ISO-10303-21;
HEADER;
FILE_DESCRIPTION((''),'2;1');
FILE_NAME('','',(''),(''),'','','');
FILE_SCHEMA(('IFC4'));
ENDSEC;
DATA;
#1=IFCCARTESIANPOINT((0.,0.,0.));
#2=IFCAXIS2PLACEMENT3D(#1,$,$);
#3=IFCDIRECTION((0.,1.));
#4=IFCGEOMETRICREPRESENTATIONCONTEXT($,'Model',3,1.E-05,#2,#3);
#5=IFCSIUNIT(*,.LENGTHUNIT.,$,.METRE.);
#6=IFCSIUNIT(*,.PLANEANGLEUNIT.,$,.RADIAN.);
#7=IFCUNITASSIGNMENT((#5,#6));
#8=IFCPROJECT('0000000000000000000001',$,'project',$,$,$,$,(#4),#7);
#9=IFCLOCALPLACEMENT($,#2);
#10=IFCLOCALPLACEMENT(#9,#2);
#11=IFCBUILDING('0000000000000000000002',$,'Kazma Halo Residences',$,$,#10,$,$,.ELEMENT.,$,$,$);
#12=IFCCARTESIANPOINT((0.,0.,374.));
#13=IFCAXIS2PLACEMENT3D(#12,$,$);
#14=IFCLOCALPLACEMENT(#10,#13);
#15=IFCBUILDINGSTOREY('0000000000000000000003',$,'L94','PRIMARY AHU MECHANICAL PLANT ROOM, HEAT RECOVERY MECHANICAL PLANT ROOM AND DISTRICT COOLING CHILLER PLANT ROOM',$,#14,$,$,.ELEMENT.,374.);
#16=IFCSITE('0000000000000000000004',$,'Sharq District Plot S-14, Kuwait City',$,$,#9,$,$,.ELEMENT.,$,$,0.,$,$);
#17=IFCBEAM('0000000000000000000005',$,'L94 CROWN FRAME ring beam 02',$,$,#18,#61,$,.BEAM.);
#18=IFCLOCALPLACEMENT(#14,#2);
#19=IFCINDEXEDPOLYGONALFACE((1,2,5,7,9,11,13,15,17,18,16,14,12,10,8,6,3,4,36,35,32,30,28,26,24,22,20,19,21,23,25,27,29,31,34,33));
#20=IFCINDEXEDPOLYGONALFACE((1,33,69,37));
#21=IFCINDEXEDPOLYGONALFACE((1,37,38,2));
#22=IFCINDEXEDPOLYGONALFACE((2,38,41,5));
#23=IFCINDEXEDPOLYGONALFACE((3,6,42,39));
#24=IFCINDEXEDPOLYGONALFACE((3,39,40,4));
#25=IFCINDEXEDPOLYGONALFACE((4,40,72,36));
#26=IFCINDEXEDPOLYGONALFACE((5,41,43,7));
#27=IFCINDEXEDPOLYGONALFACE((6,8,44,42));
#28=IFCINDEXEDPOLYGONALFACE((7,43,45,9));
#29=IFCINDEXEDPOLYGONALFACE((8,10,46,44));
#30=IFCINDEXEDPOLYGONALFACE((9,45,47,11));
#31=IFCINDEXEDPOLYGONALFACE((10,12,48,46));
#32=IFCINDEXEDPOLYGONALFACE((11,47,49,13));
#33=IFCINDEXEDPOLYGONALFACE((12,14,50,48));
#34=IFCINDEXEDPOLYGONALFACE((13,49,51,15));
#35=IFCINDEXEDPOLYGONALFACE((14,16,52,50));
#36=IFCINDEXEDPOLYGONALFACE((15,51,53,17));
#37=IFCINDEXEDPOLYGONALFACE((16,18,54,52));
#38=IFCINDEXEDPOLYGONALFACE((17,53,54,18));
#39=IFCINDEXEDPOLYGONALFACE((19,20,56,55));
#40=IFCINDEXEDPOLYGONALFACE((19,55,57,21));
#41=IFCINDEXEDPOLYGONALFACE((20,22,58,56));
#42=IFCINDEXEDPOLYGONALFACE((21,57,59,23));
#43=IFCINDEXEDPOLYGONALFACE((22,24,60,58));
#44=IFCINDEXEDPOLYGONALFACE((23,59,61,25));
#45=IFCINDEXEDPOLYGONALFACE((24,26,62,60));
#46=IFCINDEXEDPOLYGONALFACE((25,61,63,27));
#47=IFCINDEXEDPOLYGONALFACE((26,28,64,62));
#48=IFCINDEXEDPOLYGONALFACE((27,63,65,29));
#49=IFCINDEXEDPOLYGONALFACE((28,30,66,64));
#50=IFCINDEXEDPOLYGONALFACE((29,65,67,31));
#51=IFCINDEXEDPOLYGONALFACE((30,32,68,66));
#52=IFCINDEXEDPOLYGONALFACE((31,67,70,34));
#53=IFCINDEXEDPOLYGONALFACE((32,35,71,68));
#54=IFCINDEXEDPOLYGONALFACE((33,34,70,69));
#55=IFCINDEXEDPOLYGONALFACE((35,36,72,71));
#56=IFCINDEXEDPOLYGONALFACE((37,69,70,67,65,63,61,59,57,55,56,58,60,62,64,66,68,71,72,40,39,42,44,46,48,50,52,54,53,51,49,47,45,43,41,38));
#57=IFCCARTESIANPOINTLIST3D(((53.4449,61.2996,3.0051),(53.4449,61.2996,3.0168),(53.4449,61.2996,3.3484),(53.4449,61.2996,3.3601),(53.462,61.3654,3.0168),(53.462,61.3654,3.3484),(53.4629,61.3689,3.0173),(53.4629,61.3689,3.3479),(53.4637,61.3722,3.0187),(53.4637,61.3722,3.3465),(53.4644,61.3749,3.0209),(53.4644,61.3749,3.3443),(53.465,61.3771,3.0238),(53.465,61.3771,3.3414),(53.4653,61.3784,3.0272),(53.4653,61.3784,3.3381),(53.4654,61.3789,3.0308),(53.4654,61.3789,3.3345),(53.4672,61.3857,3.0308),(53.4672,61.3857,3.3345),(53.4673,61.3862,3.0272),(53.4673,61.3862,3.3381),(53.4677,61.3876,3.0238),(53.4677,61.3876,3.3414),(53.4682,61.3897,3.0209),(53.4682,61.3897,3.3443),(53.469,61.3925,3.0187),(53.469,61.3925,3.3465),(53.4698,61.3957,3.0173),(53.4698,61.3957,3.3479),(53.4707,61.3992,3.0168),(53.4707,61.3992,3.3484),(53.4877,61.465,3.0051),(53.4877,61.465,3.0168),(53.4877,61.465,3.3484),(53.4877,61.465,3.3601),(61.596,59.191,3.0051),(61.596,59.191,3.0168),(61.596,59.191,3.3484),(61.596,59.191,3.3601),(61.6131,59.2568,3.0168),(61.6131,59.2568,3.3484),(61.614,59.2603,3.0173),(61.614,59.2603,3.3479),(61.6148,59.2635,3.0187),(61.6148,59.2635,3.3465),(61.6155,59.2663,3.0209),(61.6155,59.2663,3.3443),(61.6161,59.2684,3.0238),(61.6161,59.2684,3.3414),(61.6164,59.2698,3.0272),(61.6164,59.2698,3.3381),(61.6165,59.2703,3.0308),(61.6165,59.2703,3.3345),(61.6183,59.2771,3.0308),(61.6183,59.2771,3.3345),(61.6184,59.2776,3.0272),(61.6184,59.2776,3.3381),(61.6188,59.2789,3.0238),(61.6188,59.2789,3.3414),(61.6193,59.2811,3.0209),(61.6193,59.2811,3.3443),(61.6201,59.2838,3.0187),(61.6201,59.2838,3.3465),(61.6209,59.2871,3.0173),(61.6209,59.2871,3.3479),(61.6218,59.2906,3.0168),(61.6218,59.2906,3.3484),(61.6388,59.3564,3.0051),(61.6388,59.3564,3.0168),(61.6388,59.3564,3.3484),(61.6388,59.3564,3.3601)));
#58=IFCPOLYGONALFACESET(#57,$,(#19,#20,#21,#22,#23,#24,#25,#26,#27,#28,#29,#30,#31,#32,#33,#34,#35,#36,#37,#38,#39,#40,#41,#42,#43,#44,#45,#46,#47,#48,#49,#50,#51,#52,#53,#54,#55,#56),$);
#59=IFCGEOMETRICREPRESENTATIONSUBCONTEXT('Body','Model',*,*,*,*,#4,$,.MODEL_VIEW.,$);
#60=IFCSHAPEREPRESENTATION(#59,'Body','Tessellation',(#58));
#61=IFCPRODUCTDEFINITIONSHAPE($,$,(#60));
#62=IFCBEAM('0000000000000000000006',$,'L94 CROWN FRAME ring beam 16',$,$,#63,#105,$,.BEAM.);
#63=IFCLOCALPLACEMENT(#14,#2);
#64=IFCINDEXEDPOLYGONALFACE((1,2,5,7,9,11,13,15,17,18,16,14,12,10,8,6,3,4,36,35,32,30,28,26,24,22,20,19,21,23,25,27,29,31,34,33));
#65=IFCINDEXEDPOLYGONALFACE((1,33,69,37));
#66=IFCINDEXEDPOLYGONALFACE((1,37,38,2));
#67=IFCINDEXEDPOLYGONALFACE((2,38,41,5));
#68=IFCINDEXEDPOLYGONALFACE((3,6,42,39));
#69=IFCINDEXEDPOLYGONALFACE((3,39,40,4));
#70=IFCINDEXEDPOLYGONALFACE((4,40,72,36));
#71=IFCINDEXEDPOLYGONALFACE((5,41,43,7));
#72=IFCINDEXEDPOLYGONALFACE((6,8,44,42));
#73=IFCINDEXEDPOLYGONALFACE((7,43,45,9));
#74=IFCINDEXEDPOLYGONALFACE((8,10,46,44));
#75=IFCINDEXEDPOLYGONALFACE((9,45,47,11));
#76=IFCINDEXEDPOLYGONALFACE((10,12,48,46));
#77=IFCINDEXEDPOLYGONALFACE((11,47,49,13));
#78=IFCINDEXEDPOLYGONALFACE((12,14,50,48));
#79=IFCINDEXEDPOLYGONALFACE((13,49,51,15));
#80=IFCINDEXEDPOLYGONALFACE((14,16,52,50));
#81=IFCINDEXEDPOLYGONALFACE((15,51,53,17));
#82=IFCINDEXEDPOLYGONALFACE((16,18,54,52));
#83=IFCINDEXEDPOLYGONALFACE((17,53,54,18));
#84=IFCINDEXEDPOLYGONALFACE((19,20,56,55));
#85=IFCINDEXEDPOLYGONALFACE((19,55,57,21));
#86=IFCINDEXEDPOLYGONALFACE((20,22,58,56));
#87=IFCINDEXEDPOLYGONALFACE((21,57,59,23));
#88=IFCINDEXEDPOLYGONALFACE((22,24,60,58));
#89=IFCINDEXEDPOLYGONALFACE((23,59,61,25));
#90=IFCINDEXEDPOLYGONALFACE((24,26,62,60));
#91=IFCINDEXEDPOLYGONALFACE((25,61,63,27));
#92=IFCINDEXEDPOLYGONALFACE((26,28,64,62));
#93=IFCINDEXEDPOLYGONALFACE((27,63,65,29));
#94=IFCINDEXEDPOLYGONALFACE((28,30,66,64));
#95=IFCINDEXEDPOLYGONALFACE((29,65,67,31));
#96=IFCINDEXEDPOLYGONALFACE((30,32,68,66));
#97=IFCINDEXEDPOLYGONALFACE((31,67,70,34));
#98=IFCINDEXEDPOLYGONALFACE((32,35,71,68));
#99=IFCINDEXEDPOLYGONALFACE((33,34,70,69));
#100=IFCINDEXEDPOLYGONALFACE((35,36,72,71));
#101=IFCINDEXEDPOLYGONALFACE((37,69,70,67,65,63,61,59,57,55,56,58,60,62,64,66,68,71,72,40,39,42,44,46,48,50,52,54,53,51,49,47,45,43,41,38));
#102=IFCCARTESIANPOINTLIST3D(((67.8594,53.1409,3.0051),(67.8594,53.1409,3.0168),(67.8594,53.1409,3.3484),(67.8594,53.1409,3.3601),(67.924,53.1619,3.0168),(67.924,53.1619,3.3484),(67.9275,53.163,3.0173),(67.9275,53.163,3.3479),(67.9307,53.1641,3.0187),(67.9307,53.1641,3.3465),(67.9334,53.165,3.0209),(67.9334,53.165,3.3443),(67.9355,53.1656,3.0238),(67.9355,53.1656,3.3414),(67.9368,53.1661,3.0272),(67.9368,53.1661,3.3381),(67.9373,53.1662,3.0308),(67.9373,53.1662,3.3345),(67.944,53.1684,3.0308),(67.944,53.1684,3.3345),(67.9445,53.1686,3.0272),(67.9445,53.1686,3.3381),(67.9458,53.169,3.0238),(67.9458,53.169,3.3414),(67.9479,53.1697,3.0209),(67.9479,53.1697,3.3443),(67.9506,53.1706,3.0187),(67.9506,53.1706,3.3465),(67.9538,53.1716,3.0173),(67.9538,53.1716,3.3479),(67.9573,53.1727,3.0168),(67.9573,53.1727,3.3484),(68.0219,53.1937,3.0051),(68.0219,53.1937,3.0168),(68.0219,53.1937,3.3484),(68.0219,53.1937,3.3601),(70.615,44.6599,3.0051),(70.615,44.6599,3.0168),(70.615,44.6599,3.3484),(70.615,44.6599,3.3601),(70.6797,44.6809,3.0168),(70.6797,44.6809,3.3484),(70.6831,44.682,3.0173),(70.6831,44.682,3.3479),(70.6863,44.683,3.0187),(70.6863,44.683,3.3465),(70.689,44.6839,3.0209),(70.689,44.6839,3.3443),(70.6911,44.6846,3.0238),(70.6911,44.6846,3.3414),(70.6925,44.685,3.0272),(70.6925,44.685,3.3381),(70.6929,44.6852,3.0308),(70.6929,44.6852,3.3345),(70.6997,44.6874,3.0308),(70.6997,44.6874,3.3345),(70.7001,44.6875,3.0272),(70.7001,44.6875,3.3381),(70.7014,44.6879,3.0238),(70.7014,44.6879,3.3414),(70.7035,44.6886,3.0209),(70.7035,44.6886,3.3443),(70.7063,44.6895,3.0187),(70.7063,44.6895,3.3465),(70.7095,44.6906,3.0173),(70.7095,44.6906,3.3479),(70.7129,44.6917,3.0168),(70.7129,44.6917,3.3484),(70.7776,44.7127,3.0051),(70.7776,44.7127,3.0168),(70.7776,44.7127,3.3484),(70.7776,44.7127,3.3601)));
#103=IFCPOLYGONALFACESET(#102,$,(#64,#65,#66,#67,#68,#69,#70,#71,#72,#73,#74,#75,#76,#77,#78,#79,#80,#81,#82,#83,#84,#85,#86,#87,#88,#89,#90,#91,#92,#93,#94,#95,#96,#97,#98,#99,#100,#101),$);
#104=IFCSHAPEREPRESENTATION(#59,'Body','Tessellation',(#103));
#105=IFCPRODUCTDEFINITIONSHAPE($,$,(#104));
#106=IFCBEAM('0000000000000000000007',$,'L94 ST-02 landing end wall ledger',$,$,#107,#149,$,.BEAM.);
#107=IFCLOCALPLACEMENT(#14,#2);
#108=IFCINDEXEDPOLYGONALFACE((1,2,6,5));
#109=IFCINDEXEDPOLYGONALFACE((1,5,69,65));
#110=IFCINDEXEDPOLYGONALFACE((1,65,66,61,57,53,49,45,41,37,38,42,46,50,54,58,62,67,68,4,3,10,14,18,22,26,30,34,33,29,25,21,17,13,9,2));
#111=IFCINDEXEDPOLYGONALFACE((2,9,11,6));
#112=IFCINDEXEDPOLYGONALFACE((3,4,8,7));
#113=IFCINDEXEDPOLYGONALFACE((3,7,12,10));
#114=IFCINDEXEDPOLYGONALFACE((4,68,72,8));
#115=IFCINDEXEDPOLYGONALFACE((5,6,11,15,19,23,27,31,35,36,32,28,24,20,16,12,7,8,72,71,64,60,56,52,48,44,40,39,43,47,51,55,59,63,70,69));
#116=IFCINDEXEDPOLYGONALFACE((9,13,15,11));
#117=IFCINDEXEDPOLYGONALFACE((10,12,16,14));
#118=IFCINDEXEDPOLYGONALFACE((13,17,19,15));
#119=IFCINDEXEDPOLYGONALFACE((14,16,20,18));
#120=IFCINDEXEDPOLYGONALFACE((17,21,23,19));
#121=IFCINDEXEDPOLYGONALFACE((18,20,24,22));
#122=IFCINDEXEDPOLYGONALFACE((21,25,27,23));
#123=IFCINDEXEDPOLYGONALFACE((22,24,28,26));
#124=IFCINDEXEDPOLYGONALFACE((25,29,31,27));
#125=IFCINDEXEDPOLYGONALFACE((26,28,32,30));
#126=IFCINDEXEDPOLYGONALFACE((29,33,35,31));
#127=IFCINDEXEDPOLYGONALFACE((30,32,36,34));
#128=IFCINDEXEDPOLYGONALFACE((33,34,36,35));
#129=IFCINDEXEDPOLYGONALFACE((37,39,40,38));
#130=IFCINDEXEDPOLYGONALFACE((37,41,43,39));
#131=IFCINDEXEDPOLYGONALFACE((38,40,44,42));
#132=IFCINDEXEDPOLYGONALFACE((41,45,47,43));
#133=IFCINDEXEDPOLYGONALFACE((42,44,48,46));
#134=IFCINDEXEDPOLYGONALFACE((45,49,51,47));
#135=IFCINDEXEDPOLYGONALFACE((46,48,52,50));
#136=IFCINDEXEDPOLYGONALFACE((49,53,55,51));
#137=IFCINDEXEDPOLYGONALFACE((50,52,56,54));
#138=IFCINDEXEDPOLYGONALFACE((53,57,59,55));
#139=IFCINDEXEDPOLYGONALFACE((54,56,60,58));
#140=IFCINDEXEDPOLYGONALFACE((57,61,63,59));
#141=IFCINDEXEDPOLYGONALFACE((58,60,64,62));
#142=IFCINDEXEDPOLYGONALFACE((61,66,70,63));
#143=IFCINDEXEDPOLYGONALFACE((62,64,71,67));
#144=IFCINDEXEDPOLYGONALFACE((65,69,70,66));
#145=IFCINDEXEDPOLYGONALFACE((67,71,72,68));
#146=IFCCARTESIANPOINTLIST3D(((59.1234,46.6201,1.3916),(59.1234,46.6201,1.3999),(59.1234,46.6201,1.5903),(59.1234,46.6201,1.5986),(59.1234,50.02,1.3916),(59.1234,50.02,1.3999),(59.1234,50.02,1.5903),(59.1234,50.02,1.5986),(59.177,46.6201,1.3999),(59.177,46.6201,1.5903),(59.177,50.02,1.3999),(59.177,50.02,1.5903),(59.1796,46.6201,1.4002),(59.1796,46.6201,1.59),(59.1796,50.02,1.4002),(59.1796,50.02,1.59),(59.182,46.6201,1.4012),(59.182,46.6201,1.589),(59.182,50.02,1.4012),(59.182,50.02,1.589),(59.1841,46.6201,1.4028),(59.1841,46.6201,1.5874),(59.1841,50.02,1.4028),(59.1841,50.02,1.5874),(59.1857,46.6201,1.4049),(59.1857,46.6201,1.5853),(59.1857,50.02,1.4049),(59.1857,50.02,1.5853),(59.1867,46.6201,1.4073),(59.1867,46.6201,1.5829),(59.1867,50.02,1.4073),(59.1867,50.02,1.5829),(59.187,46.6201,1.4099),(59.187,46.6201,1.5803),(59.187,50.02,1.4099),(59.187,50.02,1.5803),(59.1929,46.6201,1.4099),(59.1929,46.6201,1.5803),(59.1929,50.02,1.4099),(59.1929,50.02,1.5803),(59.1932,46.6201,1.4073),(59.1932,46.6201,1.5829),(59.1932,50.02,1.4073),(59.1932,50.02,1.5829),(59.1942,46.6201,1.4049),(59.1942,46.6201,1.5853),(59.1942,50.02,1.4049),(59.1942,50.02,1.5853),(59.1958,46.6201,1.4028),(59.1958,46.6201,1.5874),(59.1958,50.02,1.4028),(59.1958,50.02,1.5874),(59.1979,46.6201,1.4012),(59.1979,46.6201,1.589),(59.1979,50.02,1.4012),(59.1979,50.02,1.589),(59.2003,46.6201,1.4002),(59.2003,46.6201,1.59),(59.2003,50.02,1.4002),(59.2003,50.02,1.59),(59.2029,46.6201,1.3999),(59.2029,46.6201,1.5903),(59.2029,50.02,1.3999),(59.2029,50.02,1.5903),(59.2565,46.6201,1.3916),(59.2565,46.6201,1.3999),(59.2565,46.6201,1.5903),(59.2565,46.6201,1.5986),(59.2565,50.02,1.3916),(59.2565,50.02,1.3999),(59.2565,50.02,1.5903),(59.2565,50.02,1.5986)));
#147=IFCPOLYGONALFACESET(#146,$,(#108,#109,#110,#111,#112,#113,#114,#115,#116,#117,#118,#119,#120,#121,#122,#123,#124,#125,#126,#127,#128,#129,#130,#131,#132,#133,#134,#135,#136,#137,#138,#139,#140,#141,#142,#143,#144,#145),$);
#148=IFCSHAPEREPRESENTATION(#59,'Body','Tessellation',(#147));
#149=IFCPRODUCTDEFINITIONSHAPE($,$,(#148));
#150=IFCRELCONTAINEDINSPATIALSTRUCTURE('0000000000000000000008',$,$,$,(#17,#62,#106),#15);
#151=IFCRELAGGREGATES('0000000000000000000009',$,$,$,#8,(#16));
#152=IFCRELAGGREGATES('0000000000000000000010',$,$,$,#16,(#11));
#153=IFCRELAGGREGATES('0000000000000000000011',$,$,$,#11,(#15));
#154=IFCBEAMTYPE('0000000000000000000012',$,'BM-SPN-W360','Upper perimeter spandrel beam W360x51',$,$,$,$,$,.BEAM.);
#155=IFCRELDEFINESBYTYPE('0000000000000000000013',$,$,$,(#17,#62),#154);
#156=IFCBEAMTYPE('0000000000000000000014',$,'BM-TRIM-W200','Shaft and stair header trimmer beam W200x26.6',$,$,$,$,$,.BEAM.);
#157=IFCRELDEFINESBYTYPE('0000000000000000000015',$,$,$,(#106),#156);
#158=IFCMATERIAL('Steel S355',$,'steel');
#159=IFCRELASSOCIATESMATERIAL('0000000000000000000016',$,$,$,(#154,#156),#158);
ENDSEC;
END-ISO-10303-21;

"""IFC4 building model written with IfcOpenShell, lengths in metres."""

from ifc_helpers import new_model, si_unit, direction, frame, origin, origin_2d, place, context, subcontext, project, spatial, i_section, extrude, material, material_profile, profile_set, type_object, element, save


model = new_model("IFC4")

# Units and contexts
model_context = context("Model", 3, precision=1e-05, world=origin(), true_north=direction((0.0, 1.0)))
body_context = subcontext(model_context, "Body", "Model", "MODEL_VIEW")
ifc_project = project(units=[si_unit("LENGTHUNIT", "METRE"), si_unit("PLANEANGLEUNIT", "RADIAN")], contexts=[model_context])

# Site, building, storey
site_placement = place(None, origin())
site = spatial("IfcSite", under=ifc_project, at=site_placement, Name="Sharq District Plot S-14, Kuwait City", CompositionType="ELEMENT", RefElevation=0.0)
building_placement = place(site_placement, origin())
building = spatial("IfcBuilding", under=site, at=building_placement, Name="Kazma Halo Residences", CompositionType="ELEMENT")
storey_placement = place(building_placement, frame((0.0, 0.0, 374.0)))
storey = spatial("IfcBuildingStorey", under=building, at=storey_placement, Name="L94", Description="PRIMARY AHU MECHANICAL PLANT ROOM, HEAT RECOVERY MECHANICAL PLANT ROOM AND DISTRICT COOLING CHILLER PLANT ROOM", CompositionType="ELEMENT", Elevation=374.0)

# Shared definitions
ifc_material_1 = material(Name="Steel S355", Category="steel")

# Beams
ifc_material_profile_1 = material_profile(ifc_material_1, i_section(OverallWidth=0.1709, OverallDepth=0.355, WebThickness=0.0071, FlangeThickness=0.0117, FilletRadius=0.0139, at=origin_2d()), Name="W360x51")
ifc_profile_set_1 = profile_set([ifc_material_profile_1], Name="Steel S355")
beam_type_1 = type_object("IfcBeamType", Name="BM-SPN-W360", Description="Upper perimeter spandrel beam W360x51", PredefinedType="BEAM", material=ifc_profile_set_1)
beam_1_placement = place(storey_placement, frame((61.6174, 59.2737, 3.1826), z_axis=(-0.96813, 0.250449, 0.0), x_axis=(-0.250449, -0.96813, 0.0)))
element("IfcBeam", 1, at=beam_1_placement, inside=storey, type_object=beam_type_1, Name="L94 CROWN FRAME ring beam 02", PredefinedType="BEAM", context=body_context, shape_type="SweptSolid", body=[
    extrude(i_section(OverallWidth=0.1709, OverallDepth=0.355, WebThickness=0.0071, FlangeThickness=0.0117, FilletRadius=0.0139, at=origin_2d()), origin(), (0.0, 0.0, 1.0), 8.4194),
])
beam_2_placement = place(storey_placement, frame((70.6963, 44.6863, 3.1826), z_axis=(-0.309015, 0.951057, 0.0), x_axis=(-0.951057, -0.309015, 0.0)))
element("IfcBeam", 2, at=beam_2_placement, inside=storey, type_object=beam_type_1, Name="L94 CROWN FRAME ring beam 16", PredefinedType="BEAM", context=body_context, shape_type="SweptSolid", body=[
    extrude(i_section(OverallWidth=0.1709, OverallDepth=0.355, WebThickness=0.0071, FlangeThickness=0.0117, FilletRadius=0.0139, at=origin_2d()), origin(), (0.0, 0.0, 1.0), 8.9175),
])
ifc_material_profile_2 = material_profile(ifc_material_1, i_section(OverallWidth=0.1331, OverallDepth=0.207, WebThickness=0.0059, FlangeThickness=0.0083, FilletRadius=0.01, at=origin_2d()), Name="W200x26.6")
ifc_profile_set_2 = profile_set([ifc_material_profile_2], Name="Steel S355")
beam_type_2 = type_object("IfcBeamType", Name="BM-TRIM-W200", Description="Shaft and stair header trimmer beam W200x26.6", PredefinedType="BEAM", material=ifc_profile_set_2)
beam_3_placement = place(storey_placement, frame((59.1899, 46.6201, 1.4951), z_axis=(0.0, 1.0, 0.0), x_axis=(-1.0, 0.0, 0.0)))
element("IfcBeam", 3, at=beam_3_placement, inside=storey, type_object=beam_type_2, Name="L94 ST-02 landing end wall ledger", PredefinedType="BEAM", context=body_context, shape_type="SweptSolid", body=[
    extrude(i_section(OverallWidth=0.1331, OverallDepth=0.207, WebThickness=0.0059, FlangeThickness=0.0083, FilletRadius=0.01, at=origin_2d()), origin(), (0.0, 0.0, 1.0), 3.3999),
])

save(model, "model.ifc")
